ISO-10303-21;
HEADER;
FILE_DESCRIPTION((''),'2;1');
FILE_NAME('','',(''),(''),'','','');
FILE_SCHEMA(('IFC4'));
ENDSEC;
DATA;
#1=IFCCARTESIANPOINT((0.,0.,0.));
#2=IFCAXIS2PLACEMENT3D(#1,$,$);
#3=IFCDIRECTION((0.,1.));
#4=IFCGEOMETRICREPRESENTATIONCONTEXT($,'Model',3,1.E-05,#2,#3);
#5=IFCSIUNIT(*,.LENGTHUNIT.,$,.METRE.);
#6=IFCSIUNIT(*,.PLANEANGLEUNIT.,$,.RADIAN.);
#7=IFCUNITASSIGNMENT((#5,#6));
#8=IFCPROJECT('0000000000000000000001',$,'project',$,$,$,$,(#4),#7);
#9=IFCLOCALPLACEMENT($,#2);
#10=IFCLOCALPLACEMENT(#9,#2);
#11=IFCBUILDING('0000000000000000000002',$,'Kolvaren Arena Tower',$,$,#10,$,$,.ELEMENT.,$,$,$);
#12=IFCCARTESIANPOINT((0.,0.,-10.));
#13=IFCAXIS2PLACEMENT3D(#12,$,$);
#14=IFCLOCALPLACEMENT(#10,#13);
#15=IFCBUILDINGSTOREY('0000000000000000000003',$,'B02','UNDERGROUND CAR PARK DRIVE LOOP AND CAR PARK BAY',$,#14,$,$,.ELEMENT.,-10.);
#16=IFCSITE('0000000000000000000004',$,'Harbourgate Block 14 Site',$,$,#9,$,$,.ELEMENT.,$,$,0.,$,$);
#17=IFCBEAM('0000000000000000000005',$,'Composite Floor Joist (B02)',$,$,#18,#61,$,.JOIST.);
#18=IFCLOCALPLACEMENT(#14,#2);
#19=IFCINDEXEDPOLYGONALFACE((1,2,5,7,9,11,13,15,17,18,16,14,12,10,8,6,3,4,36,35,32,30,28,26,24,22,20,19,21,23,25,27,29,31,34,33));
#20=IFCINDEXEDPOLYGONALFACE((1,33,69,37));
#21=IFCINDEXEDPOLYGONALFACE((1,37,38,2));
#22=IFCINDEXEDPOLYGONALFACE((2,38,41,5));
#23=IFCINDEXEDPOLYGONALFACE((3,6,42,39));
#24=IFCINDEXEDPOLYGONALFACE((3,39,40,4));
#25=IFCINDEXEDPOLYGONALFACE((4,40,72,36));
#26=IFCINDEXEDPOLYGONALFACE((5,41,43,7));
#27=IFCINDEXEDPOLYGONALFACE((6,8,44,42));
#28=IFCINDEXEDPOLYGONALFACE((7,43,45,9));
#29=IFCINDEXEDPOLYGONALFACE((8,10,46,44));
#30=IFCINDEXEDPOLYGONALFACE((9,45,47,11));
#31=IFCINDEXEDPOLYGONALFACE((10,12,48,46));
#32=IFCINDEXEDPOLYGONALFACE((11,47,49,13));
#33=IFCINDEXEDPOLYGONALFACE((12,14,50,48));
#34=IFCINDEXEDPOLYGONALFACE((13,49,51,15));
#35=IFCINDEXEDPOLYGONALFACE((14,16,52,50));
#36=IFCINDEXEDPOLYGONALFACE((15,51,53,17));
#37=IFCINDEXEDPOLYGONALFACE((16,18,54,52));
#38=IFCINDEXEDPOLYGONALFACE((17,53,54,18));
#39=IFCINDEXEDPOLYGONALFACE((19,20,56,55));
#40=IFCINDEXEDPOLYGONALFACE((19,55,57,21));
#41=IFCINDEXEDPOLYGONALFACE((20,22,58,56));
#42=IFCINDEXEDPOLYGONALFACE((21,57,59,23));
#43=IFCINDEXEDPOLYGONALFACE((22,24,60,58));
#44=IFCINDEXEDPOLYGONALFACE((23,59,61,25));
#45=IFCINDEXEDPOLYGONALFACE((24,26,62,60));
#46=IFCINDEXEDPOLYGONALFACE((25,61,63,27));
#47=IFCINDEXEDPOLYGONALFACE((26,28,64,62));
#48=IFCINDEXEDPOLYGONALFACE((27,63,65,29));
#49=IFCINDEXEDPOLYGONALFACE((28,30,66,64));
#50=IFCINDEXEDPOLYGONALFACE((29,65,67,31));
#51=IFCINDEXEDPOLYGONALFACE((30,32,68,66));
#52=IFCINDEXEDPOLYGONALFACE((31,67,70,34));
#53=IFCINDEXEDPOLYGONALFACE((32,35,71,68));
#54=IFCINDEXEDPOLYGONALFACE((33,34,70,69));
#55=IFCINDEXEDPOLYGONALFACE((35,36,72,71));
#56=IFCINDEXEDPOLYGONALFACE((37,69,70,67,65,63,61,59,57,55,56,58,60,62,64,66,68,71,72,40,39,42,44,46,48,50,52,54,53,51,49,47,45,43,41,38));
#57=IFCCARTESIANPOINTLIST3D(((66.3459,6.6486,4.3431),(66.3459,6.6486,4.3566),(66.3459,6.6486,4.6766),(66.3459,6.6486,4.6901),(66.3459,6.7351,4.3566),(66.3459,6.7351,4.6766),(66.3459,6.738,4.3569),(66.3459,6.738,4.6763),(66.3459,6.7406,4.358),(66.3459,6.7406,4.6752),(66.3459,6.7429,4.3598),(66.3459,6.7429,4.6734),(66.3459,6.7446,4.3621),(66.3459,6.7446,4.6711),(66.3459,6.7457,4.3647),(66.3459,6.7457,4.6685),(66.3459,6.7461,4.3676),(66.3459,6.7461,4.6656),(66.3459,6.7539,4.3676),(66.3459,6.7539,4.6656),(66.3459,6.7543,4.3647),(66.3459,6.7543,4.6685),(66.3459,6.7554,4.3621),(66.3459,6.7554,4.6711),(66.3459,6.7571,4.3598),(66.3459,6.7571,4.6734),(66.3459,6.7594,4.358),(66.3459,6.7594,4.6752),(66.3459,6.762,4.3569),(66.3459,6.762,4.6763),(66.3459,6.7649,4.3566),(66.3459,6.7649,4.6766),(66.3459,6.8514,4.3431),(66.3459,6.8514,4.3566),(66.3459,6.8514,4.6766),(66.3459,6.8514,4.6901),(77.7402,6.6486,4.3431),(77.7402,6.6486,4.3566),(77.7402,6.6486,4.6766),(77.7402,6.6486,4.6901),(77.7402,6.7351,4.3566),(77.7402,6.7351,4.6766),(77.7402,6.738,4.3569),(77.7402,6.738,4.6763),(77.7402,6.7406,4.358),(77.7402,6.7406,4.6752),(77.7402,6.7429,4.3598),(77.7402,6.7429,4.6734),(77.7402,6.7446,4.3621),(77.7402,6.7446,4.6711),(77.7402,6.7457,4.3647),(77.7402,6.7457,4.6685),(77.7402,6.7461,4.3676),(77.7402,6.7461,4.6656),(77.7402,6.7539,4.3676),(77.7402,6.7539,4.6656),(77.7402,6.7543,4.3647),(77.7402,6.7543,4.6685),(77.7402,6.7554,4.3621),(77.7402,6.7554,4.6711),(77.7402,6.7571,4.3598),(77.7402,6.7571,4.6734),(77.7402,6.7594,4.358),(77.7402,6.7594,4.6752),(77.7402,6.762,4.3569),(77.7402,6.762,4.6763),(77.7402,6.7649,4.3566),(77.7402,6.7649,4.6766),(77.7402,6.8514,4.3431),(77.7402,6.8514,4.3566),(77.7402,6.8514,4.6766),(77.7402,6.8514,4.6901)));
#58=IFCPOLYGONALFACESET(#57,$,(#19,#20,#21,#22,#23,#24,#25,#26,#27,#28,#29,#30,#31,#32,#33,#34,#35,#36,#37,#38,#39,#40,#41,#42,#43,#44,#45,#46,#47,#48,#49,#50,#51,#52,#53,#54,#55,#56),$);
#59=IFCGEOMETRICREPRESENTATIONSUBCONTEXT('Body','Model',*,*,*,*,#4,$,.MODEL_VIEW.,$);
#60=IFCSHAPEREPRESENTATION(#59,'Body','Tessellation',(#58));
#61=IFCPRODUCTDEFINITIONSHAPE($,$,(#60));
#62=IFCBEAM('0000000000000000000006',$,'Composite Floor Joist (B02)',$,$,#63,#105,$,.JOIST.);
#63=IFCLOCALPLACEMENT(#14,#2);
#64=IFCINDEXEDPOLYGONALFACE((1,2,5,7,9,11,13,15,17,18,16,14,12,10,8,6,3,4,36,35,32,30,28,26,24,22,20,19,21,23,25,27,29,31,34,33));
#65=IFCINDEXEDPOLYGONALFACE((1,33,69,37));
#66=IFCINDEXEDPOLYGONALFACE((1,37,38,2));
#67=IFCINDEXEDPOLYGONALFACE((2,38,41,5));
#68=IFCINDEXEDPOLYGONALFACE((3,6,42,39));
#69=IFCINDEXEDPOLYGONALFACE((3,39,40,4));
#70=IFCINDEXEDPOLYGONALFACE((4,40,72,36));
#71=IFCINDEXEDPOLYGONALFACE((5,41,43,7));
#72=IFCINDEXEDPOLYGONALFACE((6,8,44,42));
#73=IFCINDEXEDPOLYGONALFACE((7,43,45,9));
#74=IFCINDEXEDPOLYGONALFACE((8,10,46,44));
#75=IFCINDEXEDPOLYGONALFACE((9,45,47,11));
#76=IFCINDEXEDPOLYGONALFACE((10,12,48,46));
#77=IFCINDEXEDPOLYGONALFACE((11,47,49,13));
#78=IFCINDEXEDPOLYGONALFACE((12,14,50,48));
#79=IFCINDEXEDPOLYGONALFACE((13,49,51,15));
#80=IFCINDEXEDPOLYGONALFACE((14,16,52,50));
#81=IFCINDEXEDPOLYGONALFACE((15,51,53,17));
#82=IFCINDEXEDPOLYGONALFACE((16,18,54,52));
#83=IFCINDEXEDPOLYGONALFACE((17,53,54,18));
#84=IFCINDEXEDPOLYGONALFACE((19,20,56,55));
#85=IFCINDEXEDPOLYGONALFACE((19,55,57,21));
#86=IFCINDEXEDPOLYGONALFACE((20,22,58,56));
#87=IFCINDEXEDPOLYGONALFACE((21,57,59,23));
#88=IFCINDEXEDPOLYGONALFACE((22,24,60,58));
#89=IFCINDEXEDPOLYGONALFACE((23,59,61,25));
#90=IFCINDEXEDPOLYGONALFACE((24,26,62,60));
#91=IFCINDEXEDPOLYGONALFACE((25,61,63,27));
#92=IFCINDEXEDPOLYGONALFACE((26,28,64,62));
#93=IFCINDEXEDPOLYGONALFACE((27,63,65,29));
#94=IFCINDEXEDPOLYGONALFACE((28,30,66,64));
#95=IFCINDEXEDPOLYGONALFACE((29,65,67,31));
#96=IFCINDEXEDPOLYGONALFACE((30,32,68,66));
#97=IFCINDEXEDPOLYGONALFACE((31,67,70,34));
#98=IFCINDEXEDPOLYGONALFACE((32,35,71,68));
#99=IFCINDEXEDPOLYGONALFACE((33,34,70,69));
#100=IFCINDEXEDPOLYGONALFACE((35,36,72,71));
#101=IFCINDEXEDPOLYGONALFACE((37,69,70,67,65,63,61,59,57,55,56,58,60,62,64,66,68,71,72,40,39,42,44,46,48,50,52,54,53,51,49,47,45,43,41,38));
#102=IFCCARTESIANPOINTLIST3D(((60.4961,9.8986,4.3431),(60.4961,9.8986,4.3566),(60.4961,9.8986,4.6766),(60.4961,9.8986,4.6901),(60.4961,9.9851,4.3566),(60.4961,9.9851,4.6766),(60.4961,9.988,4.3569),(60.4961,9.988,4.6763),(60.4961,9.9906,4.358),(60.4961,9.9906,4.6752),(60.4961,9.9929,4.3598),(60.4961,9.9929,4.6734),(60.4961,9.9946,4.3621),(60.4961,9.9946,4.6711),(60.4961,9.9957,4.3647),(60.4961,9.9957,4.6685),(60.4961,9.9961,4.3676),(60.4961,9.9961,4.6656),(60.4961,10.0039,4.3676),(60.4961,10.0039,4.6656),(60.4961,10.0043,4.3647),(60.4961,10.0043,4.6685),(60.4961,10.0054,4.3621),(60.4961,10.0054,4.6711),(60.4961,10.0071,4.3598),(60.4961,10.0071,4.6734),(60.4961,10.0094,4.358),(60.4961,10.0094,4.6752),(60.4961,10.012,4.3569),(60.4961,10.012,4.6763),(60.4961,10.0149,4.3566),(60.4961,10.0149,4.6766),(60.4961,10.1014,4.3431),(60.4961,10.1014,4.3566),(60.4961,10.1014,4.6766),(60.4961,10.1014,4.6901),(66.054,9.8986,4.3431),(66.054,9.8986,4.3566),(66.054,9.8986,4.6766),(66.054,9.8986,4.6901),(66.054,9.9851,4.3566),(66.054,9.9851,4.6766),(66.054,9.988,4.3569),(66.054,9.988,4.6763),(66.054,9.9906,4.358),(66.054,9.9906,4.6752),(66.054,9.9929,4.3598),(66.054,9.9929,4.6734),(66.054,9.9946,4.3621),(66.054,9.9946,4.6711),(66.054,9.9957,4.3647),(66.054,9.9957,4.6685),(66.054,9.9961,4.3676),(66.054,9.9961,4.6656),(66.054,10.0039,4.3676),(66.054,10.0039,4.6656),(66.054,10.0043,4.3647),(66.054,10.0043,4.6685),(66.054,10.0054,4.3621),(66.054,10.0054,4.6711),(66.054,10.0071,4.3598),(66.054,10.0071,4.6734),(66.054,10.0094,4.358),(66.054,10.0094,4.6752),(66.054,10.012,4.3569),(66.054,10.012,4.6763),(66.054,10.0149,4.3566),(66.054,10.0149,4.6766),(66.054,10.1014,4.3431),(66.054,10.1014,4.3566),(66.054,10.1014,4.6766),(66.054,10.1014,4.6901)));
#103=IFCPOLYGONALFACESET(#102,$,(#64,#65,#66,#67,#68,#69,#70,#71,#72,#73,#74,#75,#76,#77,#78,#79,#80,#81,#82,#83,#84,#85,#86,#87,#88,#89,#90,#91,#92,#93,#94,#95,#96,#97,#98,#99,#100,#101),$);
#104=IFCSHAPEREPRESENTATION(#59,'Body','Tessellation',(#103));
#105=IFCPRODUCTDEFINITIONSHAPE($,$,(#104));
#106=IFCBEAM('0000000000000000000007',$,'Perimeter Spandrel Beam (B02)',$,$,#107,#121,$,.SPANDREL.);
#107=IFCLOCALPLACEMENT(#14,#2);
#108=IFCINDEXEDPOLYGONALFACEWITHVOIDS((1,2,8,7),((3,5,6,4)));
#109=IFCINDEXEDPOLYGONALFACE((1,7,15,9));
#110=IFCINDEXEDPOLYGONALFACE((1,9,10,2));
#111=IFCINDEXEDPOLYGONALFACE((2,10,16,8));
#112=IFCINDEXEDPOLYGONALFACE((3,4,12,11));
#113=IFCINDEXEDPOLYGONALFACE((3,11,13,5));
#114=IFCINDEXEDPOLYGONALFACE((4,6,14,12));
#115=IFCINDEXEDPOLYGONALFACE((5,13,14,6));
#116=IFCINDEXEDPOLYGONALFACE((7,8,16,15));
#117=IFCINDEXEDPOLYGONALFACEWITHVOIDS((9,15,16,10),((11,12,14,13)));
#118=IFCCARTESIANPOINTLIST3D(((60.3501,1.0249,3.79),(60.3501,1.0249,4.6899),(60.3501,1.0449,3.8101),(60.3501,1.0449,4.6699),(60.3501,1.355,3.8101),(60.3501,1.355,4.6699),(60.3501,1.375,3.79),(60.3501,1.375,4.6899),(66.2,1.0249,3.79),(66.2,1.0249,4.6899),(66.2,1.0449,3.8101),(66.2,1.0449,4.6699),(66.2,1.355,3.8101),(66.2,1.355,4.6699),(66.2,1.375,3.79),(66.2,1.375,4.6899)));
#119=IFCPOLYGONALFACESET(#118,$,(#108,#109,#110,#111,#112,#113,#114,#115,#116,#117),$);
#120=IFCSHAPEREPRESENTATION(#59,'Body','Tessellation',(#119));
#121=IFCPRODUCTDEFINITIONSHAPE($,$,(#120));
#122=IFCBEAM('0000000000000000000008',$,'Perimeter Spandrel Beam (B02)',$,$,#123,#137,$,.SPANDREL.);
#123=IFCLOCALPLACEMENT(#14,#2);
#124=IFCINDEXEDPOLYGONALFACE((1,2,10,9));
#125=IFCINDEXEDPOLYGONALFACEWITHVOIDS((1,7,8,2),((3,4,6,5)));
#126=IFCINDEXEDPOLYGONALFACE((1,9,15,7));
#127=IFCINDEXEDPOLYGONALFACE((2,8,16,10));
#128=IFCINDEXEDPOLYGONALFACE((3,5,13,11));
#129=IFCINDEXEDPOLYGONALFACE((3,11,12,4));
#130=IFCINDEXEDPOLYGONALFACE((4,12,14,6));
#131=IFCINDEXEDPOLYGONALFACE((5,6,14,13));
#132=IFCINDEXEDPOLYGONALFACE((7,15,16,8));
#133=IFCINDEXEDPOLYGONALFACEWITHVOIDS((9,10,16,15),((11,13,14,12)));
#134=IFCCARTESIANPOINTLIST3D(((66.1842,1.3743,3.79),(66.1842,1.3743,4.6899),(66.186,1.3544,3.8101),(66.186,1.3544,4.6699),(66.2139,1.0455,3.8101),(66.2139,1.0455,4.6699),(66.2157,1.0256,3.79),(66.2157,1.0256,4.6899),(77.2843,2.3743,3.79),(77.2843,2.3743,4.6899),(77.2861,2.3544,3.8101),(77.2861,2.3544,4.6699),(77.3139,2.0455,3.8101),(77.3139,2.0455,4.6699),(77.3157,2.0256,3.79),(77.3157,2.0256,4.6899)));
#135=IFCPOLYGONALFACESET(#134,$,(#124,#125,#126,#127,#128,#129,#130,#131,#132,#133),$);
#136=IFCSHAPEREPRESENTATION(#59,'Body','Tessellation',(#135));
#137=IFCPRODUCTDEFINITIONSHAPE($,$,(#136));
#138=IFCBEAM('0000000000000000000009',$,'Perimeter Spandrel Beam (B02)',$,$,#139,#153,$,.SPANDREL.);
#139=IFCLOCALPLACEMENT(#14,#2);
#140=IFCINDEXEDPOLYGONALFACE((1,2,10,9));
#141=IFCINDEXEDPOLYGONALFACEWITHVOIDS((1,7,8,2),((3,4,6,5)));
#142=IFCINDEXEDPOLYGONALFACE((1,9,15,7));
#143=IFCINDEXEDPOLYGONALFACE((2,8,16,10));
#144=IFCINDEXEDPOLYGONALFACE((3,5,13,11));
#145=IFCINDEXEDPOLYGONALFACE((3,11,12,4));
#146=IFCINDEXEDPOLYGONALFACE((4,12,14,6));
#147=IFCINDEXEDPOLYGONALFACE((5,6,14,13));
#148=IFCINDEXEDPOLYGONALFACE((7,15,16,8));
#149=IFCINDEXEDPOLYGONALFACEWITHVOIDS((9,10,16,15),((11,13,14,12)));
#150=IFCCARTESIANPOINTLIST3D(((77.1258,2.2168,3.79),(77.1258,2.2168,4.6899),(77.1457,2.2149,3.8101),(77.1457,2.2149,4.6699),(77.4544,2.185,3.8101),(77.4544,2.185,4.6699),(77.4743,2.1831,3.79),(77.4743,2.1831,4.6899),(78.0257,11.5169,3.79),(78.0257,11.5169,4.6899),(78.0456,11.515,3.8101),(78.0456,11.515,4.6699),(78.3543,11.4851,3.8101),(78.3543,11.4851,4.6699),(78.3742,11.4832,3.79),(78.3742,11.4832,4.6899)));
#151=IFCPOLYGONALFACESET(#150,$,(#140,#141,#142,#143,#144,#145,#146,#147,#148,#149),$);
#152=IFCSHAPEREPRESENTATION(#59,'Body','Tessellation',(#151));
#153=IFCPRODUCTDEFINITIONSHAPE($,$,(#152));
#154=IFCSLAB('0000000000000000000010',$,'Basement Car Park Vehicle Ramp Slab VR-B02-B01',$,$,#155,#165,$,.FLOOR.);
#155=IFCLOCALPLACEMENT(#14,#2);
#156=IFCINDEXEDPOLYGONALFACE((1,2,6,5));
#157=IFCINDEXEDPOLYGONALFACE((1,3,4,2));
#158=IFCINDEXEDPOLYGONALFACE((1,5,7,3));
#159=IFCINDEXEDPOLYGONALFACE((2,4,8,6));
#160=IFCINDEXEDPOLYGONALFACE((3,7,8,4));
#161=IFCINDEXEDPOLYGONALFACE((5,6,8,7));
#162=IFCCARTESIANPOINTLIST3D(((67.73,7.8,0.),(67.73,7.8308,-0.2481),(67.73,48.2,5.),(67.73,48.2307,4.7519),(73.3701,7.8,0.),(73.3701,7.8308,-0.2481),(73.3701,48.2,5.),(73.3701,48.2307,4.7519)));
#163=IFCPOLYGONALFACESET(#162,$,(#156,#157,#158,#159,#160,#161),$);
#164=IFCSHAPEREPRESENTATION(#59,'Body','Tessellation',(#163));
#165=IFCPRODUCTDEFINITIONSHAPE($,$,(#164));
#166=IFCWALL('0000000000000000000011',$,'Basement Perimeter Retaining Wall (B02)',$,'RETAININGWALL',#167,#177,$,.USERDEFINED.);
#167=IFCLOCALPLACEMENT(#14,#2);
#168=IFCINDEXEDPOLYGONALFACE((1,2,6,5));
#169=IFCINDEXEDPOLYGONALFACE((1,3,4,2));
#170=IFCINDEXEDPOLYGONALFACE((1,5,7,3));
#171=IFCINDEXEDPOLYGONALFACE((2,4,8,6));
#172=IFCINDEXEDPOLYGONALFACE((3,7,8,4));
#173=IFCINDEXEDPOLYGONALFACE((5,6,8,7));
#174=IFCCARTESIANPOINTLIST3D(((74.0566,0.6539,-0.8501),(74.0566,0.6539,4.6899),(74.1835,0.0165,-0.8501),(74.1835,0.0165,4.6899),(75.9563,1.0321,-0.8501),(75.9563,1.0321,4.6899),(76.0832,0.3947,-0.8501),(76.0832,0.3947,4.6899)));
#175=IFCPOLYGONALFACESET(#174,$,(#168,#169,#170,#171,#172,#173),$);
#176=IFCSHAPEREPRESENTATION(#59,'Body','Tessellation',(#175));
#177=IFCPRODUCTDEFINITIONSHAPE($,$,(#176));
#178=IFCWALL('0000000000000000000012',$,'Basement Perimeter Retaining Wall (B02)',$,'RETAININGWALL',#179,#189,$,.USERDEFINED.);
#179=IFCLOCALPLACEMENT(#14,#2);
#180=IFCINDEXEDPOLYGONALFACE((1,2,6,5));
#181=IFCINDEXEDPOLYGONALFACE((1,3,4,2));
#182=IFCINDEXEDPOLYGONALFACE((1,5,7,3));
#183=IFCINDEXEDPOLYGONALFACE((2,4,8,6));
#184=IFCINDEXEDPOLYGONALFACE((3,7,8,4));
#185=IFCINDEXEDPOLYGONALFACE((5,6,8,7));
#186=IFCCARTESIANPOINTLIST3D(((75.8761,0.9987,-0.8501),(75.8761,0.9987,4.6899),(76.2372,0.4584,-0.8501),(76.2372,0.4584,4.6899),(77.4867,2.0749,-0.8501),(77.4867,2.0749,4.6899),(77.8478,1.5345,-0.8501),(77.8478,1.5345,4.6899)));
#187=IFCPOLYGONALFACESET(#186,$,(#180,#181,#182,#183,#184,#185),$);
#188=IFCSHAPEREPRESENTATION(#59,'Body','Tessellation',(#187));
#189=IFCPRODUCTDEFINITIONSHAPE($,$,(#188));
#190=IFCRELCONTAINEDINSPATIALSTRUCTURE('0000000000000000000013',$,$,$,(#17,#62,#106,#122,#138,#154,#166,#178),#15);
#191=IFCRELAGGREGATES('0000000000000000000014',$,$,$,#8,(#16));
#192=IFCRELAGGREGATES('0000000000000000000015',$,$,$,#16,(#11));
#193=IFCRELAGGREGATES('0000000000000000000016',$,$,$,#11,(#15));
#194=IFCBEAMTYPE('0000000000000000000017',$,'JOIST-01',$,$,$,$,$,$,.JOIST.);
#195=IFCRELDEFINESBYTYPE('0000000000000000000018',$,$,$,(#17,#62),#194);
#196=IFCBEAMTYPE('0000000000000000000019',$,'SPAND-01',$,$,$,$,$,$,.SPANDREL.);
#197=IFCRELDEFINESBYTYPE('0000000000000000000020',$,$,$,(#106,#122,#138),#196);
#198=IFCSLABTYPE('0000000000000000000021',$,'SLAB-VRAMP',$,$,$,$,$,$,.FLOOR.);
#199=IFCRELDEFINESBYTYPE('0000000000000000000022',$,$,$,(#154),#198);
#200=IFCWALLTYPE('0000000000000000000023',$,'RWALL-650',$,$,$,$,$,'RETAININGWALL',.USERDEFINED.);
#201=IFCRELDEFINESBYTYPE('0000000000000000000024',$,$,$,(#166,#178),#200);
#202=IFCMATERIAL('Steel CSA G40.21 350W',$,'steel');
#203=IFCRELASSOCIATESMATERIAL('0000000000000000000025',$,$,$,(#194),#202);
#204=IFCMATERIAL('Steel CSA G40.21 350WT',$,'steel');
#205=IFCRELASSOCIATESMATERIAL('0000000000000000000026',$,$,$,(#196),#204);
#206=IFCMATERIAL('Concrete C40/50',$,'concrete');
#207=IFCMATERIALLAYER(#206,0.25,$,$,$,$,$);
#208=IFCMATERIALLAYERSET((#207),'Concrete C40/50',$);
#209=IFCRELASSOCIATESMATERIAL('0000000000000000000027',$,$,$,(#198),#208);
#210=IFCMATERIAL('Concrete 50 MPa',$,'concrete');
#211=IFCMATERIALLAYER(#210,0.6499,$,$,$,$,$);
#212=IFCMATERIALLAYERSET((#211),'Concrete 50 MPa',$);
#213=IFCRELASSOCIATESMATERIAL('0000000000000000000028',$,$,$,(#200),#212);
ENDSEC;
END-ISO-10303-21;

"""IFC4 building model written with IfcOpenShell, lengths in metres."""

from ifc_helpers import new_model, si_unit, direction, frame, frame_2d, origin, origin_2d, place, context, subcontext, project, spatial, polyline, rectangle, hollow_rectangle, i_section, outline, extrude, material, layer, layer_set, material_profile, profile_set, type_object, element, save


model = new_model("IFC4")

# Units and contexts
model_context = context("Model", 3, precision=1e-05, world=origin(), true_north=direction((0.0, 1.0)))
body_context = subcontext(model_context, "Body", "Model", "MODEL_VIEW")
ifc_project = project(units=[si_unit("LENGTHUNIT", "METRE"), si_unit("PLANEANGLEUNIT", "RADIAN")], contexts=[model_context])

# Site, building, storey
site_placement = place(None, origin())
site = spatial("IfcSite", under=ifc_project, at=site_placement, Name="Harbourgate Block 14 Site", CompositionType="ELEMENT", RefElevation=0.0)
building_placement = place(site_placement, origin())
building = spatial("IfcBuilding", under=site, at=building_placement, Name="Kolvaren Arena Tower", CompositionType="ELEMENT")
storey_placement = place(building_placement, frame((0.0, 0.0, -10.0)))
storey = spatial("IfcBuildingStorey", under=building, at=storey_placement, Name="B02", Description="UNDERGROUND CAR PARK DRIVE LOOP AND CAR PARK BAY", CompositionType="ELEMENT", Elevation=-10.0)

# Beams
ifc_material_1 = material(Name="Steel CSA G40.21 350W", Category="steel")
ifc_material_profile_1 = material_profile(ifc_material_1, i_section(OverallWidth=0.2029, OverallDepth=0.3469, WebThickness=0.0078, FlangeThickness=0.0134, FilletRadius=0.011, at=origin_2d()), Name="W360x64")
ifc_profile_set_1 = profile_set([ifc_material_profile_1], Name="Steel CSA G40.21 350W")
beam_type_1 = type_object("IfcBeamType", Name="JOIST-01", PredefinedType="JOIST", material=ifc_profile_set_1)
beam_1_placement = place(storey_placement, frame((66.3459, 6.75, 4.5166), z_axis=(1.0, 0.0, 0.0), x_axis=(0.0, 1.0, 0.0)))
element("IfcBeam", 1, at=beam_1_placement, inside=storey, type_object=beam_type_1, Name="Composite Floor Joist (B02)", PredefinedType="JOIST", context=body_context, shape_type="SweptSolid", body=[
    extrude(i_section(OverallWidth=0.2029, OverallDepth=0.3469, WebThickness=0.0078, FlangeThickness=0.0134, FilletRadius=0.011, at=origin_2d()), origin(), (0.0, 0.0, 1.0), 11.3943),
])
beam_2_placement = place(storey_placement, frame((60.4961, 10.0, 4.5166), z_axis=(1.0, 0.0, 0.0), x_axis=(0.0, 1.0, 0.0)))
element("IfcBeam", 2, at=beam_2_placement, inside=storey, type_object=beam_type_1, Name="Composite Floor Joist (B02)", PredefinedType="JOIST", context=body_context, shape_type="SweptSolid", body=[
    extrude(i_section(OverallWidth=0.2029, OverallDepth=0.3469, WebThickness=0.0078, FlangeThickness=0.0134, FilletRadius=0.011, at=origin_2d()), origin(), (0.0, 0.0, 1.0), 5.5579),
])
ifc_material_2 = material(Name="Steel CSA G40.21 350WT", Category="steel")
ifc_material_profile_2 = material_profile(ifc_material_2, hollow_rectangle(XDim=0.3501, YDim=0.8999, WallThickness=0.02, at=origin_2d()), Name="HSS 900x350x20")
ifc_profile_set_2 = profile_set([ifc_material_profile_2], Name="Steel CSA G40.21 350WT")
beam_type_2 = type_object("IfcBeamType", Name="SPAND-01", PredefinedType="SPANDREL", material=ifc_profile_set_2)
beam_3_placement = place(storey_placement, frame((60.3501, 1.2, 4.24), z_axis=(1.0, 0.0, 0.0), x_axis=(0.0, 1.0, 0.0)))
element("IfcBeam", 3, at=beam_3_placement, inside=storey, type_object=beam_type_2, Name="Perimeter Spandrel Beam (B02)", PredefinedType="SPANDREL", context=body_context, shape_type="SweptSolid", body=[
    extrude(hollow_rectangle(XDim=0.3501, YDim=0.8999, WallThickness=0.02, at=origin_2d()), origin(), (0.0, 0.0, 1.0), 5.8499),
])
beam_4_placement = place(storey_placement, frame((66.2, 1.2, 4.24), z_axis=(0.995966, 0.089726, 0.0), x_axis=(-0.089726, 0.995966, 0.0)))
element("IfcBeam", 4, at=beam_4_placement, inside=storey, type_object=beam_type_2, Name="Perimeter Spandrel Beam (B02)", PredefinedType="SPANDREL", context=body_context, shape_type="SweptSolid", body=[
    extrude(hollow_rectangle(XDim=0.3501, YDim=0.8999, WallThickness=0.02, at=origin_2d()), origin(), (0.0, 0.0, 1.0), 11.145),
])
beam_5_placement = place(storey_placement, frame((77.3, 2.2, 4.24), z_axis=(0.096313, 0.995351, 0.0), x_axis=(-0.995351, 0.096313, 0.0)))
element("IfcBeam", 5, at=beam_5_placement, inside=storey, type_object=beam_type_2, Name="Perimeter Spandrel Beam (B02)", PredefinedType="SPANDREL", context=body_context, shape_type="SweptSolid", body=[
    extrude(hollow_rectangle(XDim=0.3501, YDim=0.8999, WallThickness=0.02, at=origin_2d()), origin(), (0.0, 0.0, 1.0), 9.3435),
])

# Slab
ifc_material_3 = material(Name="Concrete C40/50", Category="concrete")
ifc_layer_1 = layer(ifc_material_3, 0.25)
ifc_layer_set_1 = layer_set([ifc_layer_1], Name="Concrete C40/50")
slab_type = type_object("IfcSlabType", Name="SLAB-VRAMP", PredefinedType="FLOOR", material=ifc_layer_set_1)
slab_placement = place(storey_placement, frame((67.73, 7.8, 0.0), z_axis=(0.0, -0.122826, 0.992428), x_axis=(1.0, 0.0, 0.0)))
element("IfcSlab", 6, at=slab_placement, inside=storey, type_object=slab_type, Name="Basement Car Park Vehicle Ramp Slab VR-B02-B01", PredefinedType="FLOOR", context=body_context, shape_type="SweptSolid", body=[
    extrude(outline(polyline([(0.0, 0.0), (5.6401, 0.0), (5.6401, 40.7081), (0.0, 40.7081), (0.0, 0.0)])), origin(), (0.0, 0.0, -1.0), 0.25),
])

# Walls
ifc_material_4 = material(Name="Concrete 50 MPa", Category="concrete")
ifc_layer_2 = layer(ifc_material_4, 0.6499)
ifc_layer_set_2 = layer_set([ifc_layer_2], Name="Concrete 50 MPa")
wall_type = type_object("IfcWallType", Name="RWALL-650", ElementType="RETAININGWALL", PredefinedType="USERDEFINED", material=ifc_layer_set_2)
for number, where, z_axis, x_axis, name in (
    (7, (76.0198, 0.7134, -0.8501), (0.0, 0.0, 1.0), (-0.980755, -0.195243, 0.0), "Basement Perimeter Retaining Wall (B02)"),
    (8, (77.6672, 1.8047, -0.8501), (0.0, 0.0, 1.0), (-0.831468, -0.555572, 0.0), "Basement Perimeter Retaining Wall (B02)"),
):
    element("IfcWall", number, at=place(storey_placement, frame(where, z_axis=z_axis, x_axis=x_axis)), inside=storey, type_object=wall_type, Name=name, ObjectType="RETAININGWALL", PredefinedType="USERDEFINED", context=body_context, shape_type="SweptSolid", body=[
        extrude(rectangle(XDim=1.937, YDim=0.6499, at=frame_2d((0.9685, 0.0))), origin(), (0.0, 0.0, 1.0), 5.54),
    ])

save(model, "model.ifc")
